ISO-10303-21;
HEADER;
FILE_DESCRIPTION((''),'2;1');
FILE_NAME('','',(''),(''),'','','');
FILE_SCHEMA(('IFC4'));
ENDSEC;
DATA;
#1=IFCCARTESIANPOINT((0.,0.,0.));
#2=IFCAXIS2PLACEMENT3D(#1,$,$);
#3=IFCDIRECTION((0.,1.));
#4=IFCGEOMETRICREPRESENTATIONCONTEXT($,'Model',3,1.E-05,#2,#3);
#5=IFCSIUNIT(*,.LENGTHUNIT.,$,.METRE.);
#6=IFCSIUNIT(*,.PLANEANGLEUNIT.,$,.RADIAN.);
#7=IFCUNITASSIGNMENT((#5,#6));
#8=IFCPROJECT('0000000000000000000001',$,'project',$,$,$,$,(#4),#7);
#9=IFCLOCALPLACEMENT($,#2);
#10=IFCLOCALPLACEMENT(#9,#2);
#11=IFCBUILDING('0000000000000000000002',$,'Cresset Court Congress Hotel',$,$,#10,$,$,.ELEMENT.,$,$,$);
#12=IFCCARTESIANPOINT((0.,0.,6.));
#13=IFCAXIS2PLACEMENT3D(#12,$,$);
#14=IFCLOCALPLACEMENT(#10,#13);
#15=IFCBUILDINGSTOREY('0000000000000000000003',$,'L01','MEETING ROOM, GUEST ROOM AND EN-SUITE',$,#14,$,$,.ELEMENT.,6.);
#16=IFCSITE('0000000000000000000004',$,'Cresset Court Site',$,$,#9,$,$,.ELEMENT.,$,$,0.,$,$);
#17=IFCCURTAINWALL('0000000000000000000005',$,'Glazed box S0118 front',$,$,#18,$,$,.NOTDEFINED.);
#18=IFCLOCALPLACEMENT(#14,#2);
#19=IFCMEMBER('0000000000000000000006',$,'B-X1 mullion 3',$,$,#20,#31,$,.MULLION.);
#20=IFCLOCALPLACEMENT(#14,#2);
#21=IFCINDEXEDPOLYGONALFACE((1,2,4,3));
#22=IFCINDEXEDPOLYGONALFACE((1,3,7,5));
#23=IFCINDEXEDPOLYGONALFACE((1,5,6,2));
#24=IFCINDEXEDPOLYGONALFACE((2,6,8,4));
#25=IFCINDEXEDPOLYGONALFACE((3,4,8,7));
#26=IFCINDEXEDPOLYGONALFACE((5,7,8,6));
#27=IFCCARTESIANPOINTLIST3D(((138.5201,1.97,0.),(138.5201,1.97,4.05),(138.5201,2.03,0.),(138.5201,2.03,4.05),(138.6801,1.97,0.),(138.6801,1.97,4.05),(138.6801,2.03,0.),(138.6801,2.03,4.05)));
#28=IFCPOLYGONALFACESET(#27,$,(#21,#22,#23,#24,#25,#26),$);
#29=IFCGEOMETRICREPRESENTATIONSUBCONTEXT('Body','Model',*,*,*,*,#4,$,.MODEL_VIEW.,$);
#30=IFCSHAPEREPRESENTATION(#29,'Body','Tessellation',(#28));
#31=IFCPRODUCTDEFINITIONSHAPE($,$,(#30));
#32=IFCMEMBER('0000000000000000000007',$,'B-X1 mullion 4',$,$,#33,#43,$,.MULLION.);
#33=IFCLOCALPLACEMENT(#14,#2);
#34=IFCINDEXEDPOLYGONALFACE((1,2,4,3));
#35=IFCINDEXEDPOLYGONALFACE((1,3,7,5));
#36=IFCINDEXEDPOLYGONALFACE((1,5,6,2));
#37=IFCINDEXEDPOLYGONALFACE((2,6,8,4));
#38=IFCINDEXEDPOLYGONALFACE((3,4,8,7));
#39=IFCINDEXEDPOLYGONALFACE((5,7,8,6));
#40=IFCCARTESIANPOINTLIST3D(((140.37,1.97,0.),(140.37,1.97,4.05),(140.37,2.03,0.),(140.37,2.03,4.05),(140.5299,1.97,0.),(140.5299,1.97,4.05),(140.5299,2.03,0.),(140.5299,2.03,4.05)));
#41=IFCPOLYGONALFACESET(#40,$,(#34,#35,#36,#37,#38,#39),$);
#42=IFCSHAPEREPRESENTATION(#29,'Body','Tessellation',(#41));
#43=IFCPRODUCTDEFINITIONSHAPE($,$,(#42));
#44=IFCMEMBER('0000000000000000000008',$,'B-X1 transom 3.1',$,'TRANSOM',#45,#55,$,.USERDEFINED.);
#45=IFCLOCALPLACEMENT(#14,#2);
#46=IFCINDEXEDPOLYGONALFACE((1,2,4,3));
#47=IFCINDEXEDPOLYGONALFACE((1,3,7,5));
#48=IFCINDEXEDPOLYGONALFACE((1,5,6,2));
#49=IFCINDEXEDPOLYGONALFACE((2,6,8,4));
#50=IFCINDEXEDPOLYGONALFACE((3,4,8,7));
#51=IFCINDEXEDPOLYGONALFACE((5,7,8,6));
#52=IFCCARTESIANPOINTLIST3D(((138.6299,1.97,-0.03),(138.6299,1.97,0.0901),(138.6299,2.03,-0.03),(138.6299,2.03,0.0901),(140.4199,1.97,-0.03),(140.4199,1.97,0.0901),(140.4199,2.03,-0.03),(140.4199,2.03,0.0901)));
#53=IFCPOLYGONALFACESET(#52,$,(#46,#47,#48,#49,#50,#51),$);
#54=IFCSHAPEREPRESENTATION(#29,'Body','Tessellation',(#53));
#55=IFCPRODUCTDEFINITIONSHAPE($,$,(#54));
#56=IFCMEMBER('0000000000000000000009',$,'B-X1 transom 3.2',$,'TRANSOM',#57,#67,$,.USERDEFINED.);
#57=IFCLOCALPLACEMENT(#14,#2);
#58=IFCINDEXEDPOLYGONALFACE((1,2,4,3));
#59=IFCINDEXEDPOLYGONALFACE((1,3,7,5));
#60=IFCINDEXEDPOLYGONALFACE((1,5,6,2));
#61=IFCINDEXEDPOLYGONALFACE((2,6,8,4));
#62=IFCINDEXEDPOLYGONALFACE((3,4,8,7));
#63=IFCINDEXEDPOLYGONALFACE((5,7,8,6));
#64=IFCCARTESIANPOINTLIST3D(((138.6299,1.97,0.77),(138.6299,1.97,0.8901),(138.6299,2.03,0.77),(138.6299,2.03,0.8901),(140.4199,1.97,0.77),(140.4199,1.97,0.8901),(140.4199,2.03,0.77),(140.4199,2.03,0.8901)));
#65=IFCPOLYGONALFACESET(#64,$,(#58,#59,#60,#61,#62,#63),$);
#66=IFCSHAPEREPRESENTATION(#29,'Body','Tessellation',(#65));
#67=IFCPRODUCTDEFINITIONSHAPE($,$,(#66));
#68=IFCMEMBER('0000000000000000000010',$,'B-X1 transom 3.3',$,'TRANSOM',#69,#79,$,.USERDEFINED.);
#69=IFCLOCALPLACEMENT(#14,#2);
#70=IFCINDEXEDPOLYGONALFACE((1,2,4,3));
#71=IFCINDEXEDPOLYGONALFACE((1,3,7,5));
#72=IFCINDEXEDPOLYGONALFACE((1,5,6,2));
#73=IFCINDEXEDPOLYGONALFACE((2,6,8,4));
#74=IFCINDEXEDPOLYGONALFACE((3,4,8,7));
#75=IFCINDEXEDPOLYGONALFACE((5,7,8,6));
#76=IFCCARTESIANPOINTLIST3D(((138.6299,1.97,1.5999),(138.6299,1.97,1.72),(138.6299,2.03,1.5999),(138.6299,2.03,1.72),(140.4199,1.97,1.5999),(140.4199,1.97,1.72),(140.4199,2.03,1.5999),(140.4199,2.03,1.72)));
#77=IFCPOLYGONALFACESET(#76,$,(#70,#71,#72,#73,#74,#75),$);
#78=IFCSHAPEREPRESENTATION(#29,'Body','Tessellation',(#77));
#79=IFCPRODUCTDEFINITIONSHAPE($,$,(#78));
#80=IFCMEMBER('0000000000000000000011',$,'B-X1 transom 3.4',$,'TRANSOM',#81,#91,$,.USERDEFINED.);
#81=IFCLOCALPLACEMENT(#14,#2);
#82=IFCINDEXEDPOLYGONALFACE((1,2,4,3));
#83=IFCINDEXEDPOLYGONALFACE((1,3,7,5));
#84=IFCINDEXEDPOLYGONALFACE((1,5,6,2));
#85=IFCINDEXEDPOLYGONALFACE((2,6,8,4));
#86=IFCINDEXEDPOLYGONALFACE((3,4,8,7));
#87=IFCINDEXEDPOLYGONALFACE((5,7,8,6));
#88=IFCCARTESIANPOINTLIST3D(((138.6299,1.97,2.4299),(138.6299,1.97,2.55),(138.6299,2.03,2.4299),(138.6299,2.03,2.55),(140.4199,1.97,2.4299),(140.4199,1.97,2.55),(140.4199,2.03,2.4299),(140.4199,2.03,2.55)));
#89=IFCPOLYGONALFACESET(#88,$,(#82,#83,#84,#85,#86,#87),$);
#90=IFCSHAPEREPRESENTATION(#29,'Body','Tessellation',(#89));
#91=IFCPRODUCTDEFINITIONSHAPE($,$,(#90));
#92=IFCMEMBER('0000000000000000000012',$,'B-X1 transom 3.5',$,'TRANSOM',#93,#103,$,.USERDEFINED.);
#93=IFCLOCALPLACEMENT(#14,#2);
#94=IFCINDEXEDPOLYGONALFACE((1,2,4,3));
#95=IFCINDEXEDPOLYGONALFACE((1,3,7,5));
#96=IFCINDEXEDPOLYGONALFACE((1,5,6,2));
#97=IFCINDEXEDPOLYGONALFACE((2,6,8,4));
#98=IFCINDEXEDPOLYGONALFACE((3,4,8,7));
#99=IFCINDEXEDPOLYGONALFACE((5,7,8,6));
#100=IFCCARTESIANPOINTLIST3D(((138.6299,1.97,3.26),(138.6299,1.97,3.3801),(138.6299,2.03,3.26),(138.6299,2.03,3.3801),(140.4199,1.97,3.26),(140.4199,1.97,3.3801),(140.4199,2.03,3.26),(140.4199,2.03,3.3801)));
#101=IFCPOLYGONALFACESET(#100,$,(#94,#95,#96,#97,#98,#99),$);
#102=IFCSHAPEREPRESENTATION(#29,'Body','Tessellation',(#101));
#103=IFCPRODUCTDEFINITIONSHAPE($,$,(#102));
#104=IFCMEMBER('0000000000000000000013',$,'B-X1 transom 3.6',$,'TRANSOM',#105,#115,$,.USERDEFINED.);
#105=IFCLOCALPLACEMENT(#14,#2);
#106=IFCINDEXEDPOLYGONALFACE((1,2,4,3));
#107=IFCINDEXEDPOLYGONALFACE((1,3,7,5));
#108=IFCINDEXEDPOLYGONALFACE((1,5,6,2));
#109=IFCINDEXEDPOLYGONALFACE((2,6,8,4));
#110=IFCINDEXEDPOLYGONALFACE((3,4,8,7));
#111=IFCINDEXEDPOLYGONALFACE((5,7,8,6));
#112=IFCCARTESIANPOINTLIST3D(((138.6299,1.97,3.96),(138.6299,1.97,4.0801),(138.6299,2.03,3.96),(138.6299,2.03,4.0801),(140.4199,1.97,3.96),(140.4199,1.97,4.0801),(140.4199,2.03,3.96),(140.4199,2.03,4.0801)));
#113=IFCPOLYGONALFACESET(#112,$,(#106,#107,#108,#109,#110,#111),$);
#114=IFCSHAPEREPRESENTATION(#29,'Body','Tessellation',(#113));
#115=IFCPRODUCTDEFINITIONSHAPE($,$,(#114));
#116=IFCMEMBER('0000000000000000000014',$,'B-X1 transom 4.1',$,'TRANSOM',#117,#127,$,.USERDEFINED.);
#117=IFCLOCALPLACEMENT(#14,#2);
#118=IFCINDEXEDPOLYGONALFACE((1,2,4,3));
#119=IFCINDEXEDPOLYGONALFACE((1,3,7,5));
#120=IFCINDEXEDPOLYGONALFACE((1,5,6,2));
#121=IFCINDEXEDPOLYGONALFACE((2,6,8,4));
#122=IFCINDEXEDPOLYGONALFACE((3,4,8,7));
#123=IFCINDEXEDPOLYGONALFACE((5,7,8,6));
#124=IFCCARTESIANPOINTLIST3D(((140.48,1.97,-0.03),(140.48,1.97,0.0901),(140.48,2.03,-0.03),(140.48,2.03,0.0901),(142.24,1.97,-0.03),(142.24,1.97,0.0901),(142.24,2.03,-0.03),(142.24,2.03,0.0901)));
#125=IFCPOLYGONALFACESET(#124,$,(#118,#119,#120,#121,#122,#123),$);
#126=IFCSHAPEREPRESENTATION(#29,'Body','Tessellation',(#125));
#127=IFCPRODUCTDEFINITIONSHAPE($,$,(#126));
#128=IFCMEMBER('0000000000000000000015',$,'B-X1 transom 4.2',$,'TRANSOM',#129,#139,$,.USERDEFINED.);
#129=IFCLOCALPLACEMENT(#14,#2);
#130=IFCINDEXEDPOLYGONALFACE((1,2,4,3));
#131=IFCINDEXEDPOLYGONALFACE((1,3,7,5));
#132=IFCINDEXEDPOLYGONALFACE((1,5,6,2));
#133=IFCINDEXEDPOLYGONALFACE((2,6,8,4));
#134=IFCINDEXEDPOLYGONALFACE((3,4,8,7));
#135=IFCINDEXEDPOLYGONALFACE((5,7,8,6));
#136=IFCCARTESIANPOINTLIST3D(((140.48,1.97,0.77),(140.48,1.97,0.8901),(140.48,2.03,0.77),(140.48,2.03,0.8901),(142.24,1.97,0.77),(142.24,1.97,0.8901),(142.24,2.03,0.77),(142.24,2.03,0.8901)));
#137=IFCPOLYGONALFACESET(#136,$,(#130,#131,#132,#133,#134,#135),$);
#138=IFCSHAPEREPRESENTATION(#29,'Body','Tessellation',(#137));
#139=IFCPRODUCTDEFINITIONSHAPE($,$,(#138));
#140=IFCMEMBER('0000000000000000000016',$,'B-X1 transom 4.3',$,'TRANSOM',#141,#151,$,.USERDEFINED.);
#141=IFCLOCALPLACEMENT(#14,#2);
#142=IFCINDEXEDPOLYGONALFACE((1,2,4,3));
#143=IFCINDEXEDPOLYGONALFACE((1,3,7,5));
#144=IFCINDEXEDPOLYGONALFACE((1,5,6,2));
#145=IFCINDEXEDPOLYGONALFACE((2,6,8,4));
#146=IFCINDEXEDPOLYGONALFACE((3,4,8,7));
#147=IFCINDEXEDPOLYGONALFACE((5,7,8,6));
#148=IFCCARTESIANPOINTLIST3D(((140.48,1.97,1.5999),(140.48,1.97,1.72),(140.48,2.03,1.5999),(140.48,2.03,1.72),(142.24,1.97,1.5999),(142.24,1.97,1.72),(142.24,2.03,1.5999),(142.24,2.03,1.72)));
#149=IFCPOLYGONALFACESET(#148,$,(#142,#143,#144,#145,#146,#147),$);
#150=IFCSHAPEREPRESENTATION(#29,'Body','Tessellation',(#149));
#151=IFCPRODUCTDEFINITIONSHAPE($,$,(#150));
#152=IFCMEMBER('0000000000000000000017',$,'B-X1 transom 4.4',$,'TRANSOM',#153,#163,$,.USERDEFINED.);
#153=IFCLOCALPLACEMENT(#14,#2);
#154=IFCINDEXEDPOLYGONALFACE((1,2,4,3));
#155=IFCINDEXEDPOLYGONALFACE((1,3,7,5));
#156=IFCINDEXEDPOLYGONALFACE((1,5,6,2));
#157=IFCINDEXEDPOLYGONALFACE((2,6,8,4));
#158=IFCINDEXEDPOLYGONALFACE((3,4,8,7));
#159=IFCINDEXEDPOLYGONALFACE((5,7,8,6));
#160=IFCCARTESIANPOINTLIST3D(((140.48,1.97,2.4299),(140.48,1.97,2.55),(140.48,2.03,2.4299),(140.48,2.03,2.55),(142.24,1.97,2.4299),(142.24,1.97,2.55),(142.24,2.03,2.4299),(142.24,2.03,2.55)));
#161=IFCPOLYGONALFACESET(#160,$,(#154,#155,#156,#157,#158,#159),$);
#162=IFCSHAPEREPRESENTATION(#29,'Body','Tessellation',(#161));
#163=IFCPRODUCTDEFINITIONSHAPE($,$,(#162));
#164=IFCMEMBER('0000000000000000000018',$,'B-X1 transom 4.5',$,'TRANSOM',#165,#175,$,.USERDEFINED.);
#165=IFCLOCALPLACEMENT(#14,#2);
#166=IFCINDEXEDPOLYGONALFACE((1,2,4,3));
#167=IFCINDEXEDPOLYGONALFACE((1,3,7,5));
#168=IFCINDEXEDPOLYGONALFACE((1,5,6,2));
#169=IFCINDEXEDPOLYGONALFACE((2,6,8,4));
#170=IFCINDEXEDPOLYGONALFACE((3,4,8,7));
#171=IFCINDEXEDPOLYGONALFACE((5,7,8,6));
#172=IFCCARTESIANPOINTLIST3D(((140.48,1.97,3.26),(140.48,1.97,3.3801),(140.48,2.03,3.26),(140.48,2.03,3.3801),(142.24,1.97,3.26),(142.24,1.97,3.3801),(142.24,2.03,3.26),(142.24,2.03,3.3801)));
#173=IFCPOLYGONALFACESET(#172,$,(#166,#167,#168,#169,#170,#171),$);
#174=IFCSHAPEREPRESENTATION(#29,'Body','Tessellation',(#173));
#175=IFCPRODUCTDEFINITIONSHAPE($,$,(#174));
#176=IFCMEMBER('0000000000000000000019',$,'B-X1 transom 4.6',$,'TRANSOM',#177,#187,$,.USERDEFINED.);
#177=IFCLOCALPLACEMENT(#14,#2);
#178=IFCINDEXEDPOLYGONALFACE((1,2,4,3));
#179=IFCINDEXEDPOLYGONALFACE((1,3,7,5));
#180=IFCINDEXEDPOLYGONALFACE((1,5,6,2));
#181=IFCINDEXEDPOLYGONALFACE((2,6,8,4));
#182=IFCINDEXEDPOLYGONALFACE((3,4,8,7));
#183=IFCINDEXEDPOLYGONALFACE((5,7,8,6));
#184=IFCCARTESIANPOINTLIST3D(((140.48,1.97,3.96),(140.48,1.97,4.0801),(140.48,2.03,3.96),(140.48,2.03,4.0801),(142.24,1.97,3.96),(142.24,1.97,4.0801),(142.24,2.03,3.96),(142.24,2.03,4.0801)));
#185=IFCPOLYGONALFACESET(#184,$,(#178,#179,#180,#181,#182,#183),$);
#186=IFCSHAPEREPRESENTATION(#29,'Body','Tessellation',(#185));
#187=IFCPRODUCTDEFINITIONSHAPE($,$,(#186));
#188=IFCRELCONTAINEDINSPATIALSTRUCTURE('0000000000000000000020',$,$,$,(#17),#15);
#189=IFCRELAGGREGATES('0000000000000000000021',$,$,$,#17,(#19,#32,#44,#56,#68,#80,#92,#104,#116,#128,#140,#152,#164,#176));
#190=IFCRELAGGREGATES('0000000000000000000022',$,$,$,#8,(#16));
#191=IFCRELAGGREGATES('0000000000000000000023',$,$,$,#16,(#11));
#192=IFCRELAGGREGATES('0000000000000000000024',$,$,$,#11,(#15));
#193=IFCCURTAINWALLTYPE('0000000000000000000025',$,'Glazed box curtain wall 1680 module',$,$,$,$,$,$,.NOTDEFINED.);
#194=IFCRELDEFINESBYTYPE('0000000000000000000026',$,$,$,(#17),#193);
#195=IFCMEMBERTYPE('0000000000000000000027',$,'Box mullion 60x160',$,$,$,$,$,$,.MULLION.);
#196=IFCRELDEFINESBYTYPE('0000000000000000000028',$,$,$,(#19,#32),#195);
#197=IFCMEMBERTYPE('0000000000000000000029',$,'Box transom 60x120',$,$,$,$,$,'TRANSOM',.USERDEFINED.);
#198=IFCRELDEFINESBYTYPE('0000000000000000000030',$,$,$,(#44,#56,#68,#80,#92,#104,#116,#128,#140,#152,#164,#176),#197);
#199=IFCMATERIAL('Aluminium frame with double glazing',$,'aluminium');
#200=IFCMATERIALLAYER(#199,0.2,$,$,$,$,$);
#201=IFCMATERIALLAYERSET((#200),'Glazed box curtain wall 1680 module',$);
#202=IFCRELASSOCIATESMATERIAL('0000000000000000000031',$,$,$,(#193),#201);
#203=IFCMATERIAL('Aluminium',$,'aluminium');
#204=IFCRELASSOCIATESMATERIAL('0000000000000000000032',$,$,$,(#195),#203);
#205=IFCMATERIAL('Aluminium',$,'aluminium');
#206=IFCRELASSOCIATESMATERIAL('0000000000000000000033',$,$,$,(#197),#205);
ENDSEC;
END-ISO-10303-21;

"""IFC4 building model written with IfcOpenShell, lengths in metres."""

from ifc_helpers import new_model, si_unit, direction, frame, origin, origin_2d, place, context, subcontext, project, spatial, rectangle, extrude, material, layer, layer_set, material_profile, profile_set, type_object, element, aggregate, save


model = new_model("IFC4")

# Units and contexts
model_context = context("Model", 3, precision=1e-05, world=origin(), true_north=direction((0.0, 1.0)))
body_context = subcontext(model_context, "Body", "Model", "MODEL_VIEW")
ifc_project = project(units=[si_unit("LENGTHUNIT", "METRE"), si_unit("PLANEANGLEUNIT", "RADIAN")], contexts=[model_context])

# Site, building, storey
site_placement = place(None, origin())
site = spatial("IfcSite", under=ifc_project, at=site_placement, Name="Cresset Court Site", CompositionType="ELEMENT", RefElevation=0.0)
building_placement = place(site_placement, origin())
building = spatial("IfcBuilding", under=site, at=building_placement, Name="Cresset Court Congress Hotel", CompositionType="ELEMENT")
storey_placement = place(building_placement, frame((0.0, 0.0, 6.0)))
storey = spatial("IfcBuildingStorey", under=building, at=storey_placement, Name="L01", Description="MEETING ROOM, GUEST ROOM AND EN-SUITE", CompositionType="ELEMENT", Elevation=6.0)

# Curtain wall, members
ifc_material_1 = material(Name="Aluminium frame with double glazing", Category="aluminium")
ifc_layer_1 = layer(ifc_material_1, 0.2)
ifc_layer_set_1 = layer_set([ifc_layer_1], Name="Glazed box curtain wall 1680 module")
curtain_wall_type = type_object("IfcCurtainWallType", Name="Glazed box curtain wall 1680 module", PredefinedType="NOTDEFINED", material=ifc_layer_set_1)
curtain_wall_placement = place(storey_placement, origin())
curtain_wall = element("IfcCurtainWall", 1, at=curtain_wall_placement, inside=storey, type_object=curtain_wall_type, Name="Glazed box S0118 front", PredefinedType="NOTDEFINED")
ifc_material_2 = material(Name="Aluminium", Category="aluminium")
ifc_material_profile_1 = material_profile(ifc_material_2, rectangle(XDim=0.0601, YDim=0.1599, at=origin_2d()), Name="Box mullion 60x160")
ifc_profile_set_1 = profile_set([ifc_material_profile_1], Name="Aluminium")
member_type_1 = type_object("IfcMemberType", Name="Box mullion 60x160", PredefinedType="MULLION", material=ifc_profile_set_1)
member_1_placement = place(storey_placement, frame((138.6001, 2.0, 0.0), z_axis=(0.0, 0.0, 1.0), x_axis=(0.0, 1.0, 0.0)))
member_1 = element("IfcMember", 2, at=member_1_placement, type_object=member_type_1, Name="B-X1 mullion 3", PredefinedType="MULLION", context=body_context, shape_type="SweptSolid", body=[
    extrude(rectangle(XDim=0.0601, YDim=0.1599, at=origin_2d()), origin(), (0.0, 0.0, 1.0), 4.05),
])
member_2_placement = place(storey_placement, frame((140.45, 2.0, 0.0), z_axis=(0.0, 0.0, 1.0), x_axis=(0.0, 1.0, 0.0)))
member_2 = element("IfcMember", 3, at=member_2_placement, type_object=member_type_1, Name="B-X1 mullion 4", PredefinedType="MULLION", context=body_context, shape_type="SweptSolid", body=[
    extrude(rectangle(XDim=0.0601, YDim=0.1599, at=origin_2d()), origin(), (0.0, 0.0, 1.0), 4.05),
])
ifc_material_3 = material(Name="Aluminium", Category="aluminium")
ifc_material_profile_2 = material_profile(ifc_material_3, rectangle(XDim=0.0601, YDim=0.1201, at=origin_2d()), Name="Box transom 60x120")
ifc_profile_set_2 = profile_set([ifc_material_profile_2], Name="Aluminium")
member_type_2 = type_object("IfcMemberType", Name="Box transom 60x120", ElementType="TRANSOM", PredefinedType="USERDEFINED", material=ifc_profile_set_2)
member_3_placement = place(storey_placement, frame((138.6299, 2.0, 0.03), z_axis=(1.0, 0.0, 0.0), x_axis=(0.0, 1.0, 0.0)))
member_3 = element("IfcMember", 4, at=member_3_placement, type_object=member_type_2, Name="B-X1 transom 3.1", ObjectType="TRANSOM", PredefinedType="USERDEFINED", context=body_context, shape_type="SweptSolid", body=[
    extrude(rectangle(XDim=0.0601, YDim=0.1201, at=origin_2d()), origin(), (0.0, 0.0, 1.0), 1.79),
])
member_4_placement = place(storey_placement, frame((138.6299, 2.0, 0.8301), z_axis=(1.0, 0.0, 0.0), x_axis=(0.0, 1.0, 0.0)))
member_4 = element("IfcMember", 5, at=member_4_placement, type_object=member_type_2, Name="B-X1 transom 3.2", ObjectType="TRANSOM", PredefinedType="USERDEFINED", context=body_context, shape_type="SweptSolid", body=[
    extrude(rectangle(XDim=0.0601, YDim=0.1201, at=origin_2d()), origin(), (0.0, 0.0, 1.0), 1.79),
])
member_5_placement = place(storey_placement, frame((138.6299, 2.0, 1.6599), z_axis=(1.0, 0.0, 0.0), x_axis=(0.0, 1.0, 0.0)))
member_5 = element("IfcMember", 6, at=member_5_placement, type_object=member_type_2, Name="B-X1 transom 3.3", ObjectType="TRANSOM", PredefinedType="USERDEFINED", context=body_context, shape_type="SweptSolid", body=[
    extrude(rectangle(XDim=0.0601, YDim=0.1201, at=origin_2d()), origin(), (0.0, 0.0, 1.0), 1.79),
])
member_6_placement = place(storey_placement, frame((138.6299, 2.0, 2.49), z_axis=(1.0, 0.0, 0.0), x_axis=(0.0, 1.0, 0.0)))
member_6 = element("IfcMember", 7, at=member_6_placement, type_object=member_type_2, Name="B-X1 transom 3.4", ObjectType="TRANSOM", PredefinedType="USERDEFINED", context=body_context, shape_type="SweptSolid", body=[
    extrude(rectangle(XDim=0.0601, YDim=0.1201, at=origin_2d()), origin(), (0.0, 0.0, 1.0), 1.79),
])
member_7_placement = place(storey_placement, frame((138.6299, 2.0, 3.3201), z_axis=(1.0, 0.0, 0.0), x_axis=(0.0, 1.0, 0.0)))
member_7 = element("IfcMember", 8, at=member_7_placement, type_object=member_type_2, Name="B-X1 transom 3.5", ObjectType="TRANSOM", PredefinedType="USERDEFINED", context=body_context, shape_type="SweptSolid", body=[
    extrude(rectangle(XDim=0.0601, YDim=0.1201, at=origin_2d()), origin(), (0.0, 0.0, 1.0), 1.79),
])
member_8_placement = place(storey_placement, frame((138.6299, 2.0, 4.02), z_axis=(1.0, 0.0, 0.0), x_axis=(0.0, 1.0, 0.0)))
member_8 = element("IfcMember", 9, at=member_8_placement, type_object=member_type_2, Name="B-X1 transom 3.6", ObjectType="TRANSOM", PredefinedType="USERDEFINED", context=body_context, shape_type="SweptSolid", body=[
    extrude(rectangle(XDim=0.0601, YDim=0.1201, at=origin_2d()), origin(), (0.0, 0.0, 1.0), 1.79),
])
member_9_placement = place(storey_placement, frame((140.48, 2.0, 0.03), z_axis=(1.0, 0.0, 0.0), x_axis=(0.0, 1.0, 0.0)))
member_9 = element("IfcMember", 10, at=member_9_placement, type_object=member_type_2, Name="B-X1 transom 4.1", ObjectType="TRANSOM", PredefinedType="USERDEFINED", context=body_context, shape_type="SweptSolid", body=[
    extrude(rectangle(XDim=0.0601, YDim=0.1201, at=origin_2d()), origin(), (0.0, 0.0, 1.0), 1.76),
])
member_10_placement = place(storey_placement, frame((140.48, 2.0, 0.8301), z_axis=(1.0, 0.0, 0.0), x_axis=(0.0, 1.0, 0.0)))
member_10 = element("IfcMember", 11, at=member_10_placement, type_object=member_type_2, Name="B-X1 transom 4.2", ObjectType="TRANSOM", PredefinedType="USERDEFINED", context=body_context, shape_type="SweptSolid", body=[
    extrude(rectangle(XDim=0.0601, YDim=0.1201, at=origin_2d()), origin(), (0.0, 0.0, 1.0), 1.76),
])
member_11_placement = place(storey_placement, frame((140.48, 2.0, 1.6599), z_axis=(1.0, 0.0, 0.0), x_axis=(0.0, 1.0, 0.0)))
member_11 = element("IfcMember", 12, at=member_11_placement, type_object=member_type_2, Name="B-X1 transom 4.3", ObjectType="TRANSOM", PredefinedType="USERDEFINED", context=body_context, shape_type="SweptSolid", body=[
    extrude(rectangle(XDim=0.0601, YDim=0.1201, at=origin_2d()), origin(), (0.0, 0.0, 1.0), 1.76),
])
member_12_placement = place(storey_placement, frame((140.48, 2.0, 2.49), z_axis=(1.0, 0.0, 0.0), x_axis=(0.0, 1.0, 0.0)))
member_12 = element("IfcMember", 13, at=member_12_placement, type_object=member_type_2, Name="B-X1 transom 4.4", ObjectType="TRANSOM", PredefinedType="USERDEFINED", context=body_context, shape_type="SweptSolid", body=[
    extrude(rectangle(XDim=0.0601, YDim=0.1201, at=origin_2d()), origin(), (0.0, 0.0, 1.0), 1.76),
])
member_13_placement = place(storey_placement, frame((140.48, 2.0, 3.3201), z_axis=(1.0, 0.0, 0.0), x_axis=(0.0, 1.0, 0.0)))
member_13 = element("IfcMember", 14, at=member_13_placement, type_object=member_type_2, Name="B-X1 transom 4.5", ObjectType="TRANSOM", PredefinedType="USERDEFINED", context=body_context, shape_type="SweptSolid", body=[
    extrude(rectangle(XDim=0.0601, YDim=0.1201, at=origin_2d()), origin(), (0.0, 0.0, 1.0), 1.76),
])
member_14_placement = place(storey_placement, frame((140.48, 2.0, 4.02), z_axis=(1.0, 0.0, 0.0), x_axis=(0.0, 1.0, 0.0)))
member_14 = element("IfcMember", 15, at=member_14_placement, type_object=member_type_2, Name="B-X1 transom 4.6", ObjectType="TRANSOM", PredefinedType="USERDEFINED", context=body_context, shape_type="SweptSolid", body=[
    extrude(rectangle(XDim=0.0601, YDim=0.1201, at=origin_2d()), origin(), (0.0, 0.0, 1.0), 1.76),
])
aggregate(curtain_wall, [member_1, member_2, member_3, member_4, member_5, member_6, member_7, member_8, member_9, member_10, member_11, member_12, member_13, member_14])

save(model, "model.ifc")
